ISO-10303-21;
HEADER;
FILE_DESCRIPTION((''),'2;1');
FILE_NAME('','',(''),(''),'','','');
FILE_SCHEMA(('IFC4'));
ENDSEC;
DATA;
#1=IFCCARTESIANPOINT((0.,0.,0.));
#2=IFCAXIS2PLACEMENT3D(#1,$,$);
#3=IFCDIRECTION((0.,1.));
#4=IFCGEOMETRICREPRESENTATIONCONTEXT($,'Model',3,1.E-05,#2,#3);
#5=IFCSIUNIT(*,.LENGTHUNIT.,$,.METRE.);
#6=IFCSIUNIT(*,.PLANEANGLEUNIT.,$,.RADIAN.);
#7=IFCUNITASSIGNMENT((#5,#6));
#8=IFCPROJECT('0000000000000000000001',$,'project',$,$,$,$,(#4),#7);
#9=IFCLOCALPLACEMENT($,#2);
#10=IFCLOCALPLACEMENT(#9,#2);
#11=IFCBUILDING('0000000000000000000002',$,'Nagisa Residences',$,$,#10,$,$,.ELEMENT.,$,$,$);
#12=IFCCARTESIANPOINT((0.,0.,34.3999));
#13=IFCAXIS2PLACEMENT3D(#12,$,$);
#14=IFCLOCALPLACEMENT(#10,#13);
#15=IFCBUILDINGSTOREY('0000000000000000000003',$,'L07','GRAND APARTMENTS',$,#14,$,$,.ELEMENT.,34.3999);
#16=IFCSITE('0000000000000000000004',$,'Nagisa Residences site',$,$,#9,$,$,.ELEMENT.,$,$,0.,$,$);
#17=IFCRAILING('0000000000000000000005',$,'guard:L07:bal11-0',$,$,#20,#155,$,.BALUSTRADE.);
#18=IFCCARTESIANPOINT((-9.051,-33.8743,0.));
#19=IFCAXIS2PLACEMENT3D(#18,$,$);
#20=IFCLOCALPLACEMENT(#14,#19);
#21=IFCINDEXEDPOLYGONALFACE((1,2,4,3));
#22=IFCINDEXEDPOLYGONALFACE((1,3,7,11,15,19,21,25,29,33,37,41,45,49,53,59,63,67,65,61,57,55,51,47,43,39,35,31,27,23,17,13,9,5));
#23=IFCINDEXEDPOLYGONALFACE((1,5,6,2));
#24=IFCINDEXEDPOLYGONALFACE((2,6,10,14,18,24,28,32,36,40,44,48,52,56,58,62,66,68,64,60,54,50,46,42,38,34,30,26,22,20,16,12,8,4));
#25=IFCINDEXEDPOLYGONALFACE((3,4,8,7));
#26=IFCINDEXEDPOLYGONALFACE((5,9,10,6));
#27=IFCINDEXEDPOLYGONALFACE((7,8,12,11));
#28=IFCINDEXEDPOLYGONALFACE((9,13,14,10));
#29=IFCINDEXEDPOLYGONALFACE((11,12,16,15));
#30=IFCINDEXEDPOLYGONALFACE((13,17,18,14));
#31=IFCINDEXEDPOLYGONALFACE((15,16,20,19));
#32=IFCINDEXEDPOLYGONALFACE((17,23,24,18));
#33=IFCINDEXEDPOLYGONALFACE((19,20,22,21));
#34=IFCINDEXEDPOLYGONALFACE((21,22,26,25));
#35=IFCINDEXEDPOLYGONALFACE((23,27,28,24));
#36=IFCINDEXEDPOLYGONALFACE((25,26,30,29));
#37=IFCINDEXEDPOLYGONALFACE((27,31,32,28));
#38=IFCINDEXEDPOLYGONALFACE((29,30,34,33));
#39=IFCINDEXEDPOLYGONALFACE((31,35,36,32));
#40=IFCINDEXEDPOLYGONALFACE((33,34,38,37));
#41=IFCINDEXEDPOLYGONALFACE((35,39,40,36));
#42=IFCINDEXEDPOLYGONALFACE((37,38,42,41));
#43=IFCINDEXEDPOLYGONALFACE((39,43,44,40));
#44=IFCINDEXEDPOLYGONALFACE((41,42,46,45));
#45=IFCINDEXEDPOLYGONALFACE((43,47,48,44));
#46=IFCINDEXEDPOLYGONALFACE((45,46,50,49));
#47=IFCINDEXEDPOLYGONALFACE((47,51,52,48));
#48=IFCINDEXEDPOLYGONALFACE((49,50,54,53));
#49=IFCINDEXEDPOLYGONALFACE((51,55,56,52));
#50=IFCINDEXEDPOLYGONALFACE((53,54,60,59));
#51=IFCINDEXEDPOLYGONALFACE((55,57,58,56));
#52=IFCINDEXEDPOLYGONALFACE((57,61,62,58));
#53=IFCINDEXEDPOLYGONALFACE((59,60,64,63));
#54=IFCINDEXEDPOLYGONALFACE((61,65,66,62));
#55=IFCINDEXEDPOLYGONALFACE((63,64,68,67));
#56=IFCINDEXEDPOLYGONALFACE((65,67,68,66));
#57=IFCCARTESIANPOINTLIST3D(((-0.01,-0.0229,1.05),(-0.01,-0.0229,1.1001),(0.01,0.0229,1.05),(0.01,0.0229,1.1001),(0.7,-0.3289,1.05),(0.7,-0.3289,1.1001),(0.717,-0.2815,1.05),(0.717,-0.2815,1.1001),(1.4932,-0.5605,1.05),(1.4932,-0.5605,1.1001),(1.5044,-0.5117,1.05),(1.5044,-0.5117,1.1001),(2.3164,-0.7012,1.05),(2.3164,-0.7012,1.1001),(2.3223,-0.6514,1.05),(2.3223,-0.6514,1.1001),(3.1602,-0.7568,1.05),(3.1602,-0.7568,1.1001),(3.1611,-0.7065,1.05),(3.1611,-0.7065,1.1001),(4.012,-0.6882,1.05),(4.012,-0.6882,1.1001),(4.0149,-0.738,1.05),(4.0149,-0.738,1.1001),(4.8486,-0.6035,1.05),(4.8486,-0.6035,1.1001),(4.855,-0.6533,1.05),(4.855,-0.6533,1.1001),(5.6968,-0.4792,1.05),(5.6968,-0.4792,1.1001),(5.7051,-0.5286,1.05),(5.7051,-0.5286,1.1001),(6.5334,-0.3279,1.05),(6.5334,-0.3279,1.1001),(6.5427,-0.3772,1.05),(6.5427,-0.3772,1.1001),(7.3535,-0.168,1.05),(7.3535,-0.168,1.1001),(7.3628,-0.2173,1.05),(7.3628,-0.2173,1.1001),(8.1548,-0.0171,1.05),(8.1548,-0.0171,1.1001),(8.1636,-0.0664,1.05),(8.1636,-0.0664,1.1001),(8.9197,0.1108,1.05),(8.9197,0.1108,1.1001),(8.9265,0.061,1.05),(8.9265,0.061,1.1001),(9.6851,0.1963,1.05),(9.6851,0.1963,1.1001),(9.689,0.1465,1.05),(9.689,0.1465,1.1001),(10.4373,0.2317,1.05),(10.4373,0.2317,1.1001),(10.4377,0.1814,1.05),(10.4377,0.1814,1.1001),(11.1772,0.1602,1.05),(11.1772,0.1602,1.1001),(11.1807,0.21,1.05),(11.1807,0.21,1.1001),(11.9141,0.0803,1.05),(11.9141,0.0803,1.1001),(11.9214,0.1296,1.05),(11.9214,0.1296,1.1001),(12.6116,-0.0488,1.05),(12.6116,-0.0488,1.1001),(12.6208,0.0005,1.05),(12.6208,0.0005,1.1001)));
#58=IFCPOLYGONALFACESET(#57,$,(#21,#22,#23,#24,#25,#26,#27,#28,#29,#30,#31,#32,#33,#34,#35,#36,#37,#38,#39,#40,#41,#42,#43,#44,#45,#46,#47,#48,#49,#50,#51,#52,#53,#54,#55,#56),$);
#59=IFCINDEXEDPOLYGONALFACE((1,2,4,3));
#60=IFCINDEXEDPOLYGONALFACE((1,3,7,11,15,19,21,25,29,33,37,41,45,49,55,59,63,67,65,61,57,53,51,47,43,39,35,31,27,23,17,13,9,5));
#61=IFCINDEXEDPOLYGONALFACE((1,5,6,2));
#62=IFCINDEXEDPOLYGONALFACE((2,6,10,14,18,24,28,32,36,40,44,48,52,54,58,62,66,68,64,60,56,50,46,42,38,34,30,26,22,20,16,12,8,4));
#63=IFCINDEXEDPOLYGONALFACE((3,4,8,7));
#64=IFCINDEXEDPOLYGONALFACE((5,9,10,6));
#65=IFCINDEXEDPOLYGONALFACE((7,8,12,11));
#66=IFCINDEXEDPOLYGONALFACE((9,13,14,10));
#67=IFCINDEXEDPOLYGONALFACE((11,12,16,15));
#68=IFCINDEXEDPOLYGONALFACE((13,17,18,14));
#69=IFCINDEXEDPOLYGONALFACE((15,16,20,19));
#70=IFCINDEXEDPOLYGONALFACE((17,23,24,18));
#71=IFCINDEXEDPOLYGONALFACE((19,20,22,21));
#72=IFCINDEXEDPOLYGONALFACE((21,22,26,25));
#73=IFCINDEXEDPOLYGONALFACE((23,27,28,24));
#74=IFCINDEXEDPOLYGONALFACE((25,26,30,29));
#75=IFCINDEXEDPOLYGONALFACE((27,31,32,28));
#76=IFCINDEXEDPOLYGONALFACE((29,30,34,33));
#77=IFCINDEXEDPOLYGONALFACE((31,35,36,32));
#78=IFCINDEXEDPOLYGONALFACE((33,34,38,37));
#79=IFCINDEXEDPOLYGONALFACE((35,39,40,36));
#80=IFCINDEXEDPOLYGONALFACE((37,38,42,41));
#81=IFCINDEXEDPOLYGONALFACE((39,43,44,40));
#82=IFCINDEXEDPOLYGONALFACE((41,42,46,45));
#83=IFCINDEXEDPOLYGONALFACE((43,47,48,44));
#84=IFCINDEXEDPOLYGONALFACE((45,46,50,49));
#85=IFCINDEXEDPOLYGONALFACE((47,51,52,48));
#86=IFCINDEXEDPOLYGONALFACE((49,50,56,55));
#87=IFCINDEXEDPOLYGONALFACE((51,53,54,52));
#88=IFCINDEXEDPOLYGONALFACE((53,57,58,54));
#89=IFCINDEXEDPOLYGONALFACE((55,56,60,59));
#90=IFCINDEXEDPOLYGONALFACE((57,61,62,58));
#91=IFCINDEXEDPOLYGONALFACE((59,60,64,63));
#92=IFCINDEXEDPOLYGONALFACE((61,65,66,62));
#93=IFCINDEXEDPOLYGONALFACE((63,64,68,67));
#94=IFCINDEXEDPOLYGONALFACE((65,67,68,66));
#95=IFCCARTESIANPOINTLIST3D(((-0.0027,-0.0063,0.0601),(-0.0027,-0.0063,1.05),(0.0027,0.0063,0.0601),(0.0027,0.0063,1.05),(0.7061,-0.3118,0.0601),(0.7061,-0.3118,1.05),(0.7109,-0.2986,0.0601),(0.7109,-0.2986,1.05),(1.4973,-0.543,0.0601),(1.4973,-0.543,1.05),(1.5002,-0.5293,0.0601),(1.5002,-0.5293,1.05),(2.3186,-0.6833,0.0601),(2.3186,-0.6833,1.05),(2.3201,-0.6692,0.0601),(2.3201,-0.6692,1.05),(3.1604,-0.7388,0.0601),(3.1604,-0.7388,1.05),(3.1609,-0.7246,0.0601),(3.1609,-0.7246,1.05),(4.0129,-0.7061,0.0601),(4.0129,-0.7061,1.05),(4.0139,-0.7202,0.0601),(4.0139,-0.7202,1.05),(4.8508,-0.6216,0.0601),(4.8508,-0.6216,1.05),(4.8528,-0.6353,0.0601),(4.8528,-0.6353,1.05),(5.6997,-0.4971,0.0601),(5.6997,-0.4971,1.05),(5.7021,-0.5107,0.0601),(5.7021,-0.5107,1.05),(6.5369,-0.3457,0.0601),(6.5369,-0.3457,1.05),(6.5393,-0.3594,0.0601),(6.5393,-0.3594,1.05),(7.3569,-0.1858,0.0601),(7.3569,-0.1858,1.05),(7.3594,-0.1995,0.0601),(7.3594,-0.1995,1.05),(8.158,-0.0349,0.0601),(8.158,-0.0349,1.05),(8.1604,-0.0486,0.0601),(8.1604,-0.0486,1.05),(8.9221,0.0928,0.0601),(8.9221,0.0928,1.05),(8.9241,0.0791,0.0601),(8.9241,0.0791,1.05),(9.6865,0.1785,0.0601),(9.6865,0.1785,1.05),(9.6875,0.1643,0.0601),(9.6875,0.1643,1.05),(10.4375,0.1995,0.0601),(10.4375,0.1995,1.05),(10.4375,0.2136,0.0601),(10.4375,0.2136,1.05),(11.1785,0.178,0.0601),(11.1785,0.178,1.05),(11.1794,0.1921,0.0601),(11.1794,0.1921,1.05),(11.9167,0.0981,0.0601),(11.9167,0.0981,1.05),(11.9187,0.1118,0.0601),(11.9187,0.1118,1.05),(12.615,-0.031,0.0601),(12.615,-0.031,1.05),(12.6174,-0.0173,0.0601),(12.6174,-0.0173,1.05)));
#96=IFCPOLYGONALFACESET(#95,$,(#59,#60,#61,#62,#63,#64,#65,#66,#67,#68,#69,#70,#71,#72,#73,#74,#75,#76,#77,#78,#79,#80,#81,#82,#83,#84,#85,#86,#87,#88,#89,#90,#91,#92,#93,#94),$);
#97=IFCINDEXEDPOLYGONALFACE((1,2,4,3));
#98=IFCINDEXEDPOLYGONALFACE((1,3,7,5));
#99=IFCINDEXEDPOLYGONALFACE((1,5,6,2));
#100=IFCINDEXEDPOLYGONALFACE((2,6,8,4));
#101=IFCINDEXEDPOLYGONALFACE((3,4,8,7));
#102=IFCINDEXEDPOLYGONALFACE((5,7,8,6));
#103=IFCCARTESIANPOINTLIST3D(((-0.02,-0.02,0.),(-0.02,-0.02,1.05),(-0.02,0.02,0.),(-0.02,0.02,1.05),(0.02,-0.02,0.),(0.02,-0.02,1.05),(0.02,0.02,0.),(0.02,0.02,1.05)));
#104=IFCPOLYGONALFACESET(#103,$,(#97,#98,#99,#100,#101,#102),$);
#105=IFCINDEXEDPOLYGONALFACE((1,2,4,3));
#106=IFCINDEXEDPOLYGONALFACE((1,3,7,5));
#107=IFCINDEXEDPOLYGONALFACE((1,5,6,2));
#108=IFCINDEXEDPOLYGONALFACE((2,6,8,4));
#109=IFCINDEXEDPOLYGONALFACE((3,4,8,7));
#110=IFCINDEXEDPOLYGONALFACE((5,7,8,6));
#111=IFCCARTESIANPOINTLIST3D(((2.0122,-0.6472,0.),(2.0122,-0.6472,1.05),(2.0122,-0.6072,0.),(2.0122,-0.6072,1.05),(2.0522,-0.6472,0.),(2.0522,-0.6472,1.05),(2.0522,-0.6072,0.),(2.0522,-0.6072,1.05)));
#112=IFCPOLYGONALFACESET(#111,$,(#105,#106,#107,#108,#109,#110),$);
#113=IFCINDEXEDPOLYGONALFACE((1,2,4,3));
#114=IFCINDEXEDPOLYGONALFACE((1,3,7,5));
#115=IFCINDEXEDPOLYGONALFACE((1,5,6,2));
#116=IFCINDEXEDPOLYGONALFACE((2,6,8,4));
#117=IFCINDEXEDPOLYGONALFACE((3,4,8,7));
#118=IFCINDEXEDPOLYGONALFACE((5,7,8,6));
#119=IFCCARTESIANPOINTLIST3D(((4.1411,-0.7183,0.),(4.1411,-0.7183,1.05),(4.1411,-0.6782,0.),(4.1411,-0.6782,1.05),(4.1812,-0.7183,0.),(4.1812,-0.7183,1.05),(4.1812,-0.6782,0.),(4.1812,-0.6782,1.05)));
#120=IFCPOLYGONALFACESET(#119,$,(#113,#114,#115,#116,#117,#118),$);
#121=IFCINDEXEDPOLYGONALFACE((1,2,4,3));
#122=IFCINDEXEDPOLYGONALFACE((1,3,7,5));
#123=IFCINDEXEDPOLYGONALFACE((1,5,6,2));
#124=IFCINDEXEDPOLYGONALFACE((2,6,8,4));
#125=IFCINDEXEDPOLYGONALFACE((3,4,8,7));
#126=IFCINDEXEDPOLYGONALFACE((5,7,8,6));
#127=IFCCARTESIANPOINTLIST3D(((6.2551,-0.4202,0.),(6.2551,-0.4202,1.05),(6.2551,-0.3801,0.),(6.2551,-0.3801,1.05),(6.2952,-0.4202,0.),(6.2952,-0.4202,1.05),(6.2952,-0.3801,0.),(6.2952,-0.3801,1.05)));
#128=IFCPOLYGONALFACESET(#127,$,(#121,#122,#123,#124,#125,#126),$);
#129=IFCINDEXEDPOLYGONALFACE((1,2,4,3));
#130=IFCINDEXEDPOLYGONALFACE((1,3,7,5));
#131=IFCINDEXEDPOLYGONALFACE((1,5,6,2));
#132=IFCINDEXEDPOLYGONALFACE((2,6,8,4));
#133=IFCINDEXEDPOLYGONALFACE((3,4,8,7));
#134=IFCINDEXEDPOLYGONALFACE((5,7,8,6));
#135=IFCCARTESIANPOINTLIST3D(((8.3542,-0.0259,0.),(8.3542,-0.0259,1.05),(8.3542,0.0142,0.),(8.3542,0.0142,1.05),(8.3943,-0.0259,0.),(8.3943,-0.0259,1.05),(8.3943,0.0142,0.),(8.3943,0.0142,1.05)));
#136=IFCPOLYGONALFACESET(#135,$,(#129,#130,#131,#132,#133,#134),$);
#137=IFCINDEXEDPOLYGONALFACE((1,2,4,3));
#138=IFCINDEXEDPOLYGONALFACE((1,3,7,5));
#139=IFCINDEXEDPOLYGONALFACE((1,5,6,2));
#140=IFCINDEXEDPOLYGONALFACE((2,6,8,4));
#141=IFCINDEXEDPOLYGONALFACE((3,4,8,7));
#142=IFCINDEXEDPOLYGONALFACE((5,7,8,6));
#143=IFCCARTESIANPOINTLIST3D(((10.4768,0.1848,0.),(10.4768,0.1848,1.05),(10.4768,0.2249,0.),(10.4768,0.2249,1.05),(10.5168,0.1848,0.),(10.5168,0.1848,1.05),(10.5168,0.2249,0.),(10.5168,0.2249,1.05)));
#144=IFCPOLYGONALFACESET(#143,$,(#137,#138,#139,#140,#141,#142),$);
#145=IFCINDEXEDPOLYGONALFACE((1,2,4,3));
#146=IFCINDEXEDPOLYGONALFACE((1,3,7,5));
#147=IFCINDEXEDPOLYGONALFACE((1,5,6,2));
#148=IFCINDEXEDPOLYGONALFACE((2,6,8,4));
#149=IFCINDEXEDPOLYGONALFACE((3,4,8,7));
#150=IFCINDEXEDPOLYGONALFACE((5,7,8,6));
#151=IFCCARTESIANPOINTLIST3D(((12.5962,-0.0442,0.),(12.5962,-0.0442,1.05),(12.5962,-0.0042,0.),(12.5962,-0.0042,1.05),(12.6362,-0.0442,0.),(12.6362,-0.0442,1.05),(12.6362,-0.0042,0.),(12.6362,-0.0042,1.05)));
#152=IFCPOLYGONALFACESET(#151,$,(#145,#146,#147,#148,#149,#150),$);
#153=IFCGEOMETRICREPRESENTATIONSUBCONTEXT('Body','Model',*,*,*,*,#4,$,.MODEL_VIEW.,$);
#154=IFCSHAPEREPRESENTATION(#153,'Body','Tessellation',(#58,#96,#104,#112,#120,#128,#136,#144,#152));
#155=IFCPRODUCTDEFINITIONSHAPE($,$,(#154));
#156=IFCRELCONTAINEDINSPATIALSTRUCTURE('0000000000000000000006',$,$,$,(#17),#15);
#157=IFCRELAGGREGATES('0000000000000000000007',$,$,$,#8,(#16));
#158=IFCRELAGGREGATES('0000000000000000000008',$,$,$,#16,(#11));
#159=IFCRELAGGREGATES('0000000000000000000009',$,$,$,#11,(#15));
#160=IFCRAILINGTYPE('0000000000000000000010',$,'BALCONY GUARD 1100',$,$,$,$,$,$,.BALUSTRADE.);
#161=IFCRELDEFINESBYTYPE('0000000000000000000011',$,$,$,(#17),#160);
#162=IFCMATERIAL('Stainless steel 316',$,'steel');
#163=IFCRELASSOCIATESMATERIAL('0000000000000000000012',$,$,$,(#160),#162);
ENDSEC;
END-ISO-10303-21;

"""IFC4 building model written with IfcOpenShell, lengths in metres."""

from ifc_helpers import new_model, si_unit, direction, frame, origin, origin_2d, place, context, subcontext, project, spatial, polyline, rectangle, outline, extrude, material, type_object, element, save


model = new_model("IFC4")

# Units and contexts
model_context = context("Model", 3, precision=1e-05, world=origin(), true_north=direction((0.0, 1.0)))
body_context = subcontext(model_context, "Body", "Model", "MODEL_VIEW")
ifc_project = project(units=[si_unit("LENGTHUNIT", "METRE"), si_unit("PLANEANGLEUNIT", "RADIAN")], contexts=[model_context])

# Site, building, storey
site_placement = place(None, origin())
site = spatial("IfcSite", under=ifc_project, at=site_placement, Name="Nagisa Residences site", CompositionType="ELEMENT", RefElevation=0.0)
building_placement = place(site_placement, origin())
building = spatial("IfcBuilding", under=site, at=building_placement, Name="Nagisa Residences", CompositionType="ELEMENT")
storey_placement = place(building_placement, frame((0.0, 0.0, 34.3999)))
storey = spatial("IfcBuildingStorey", under=building, at=storey_placement, Name="L07", Description="GRAND APARTMENTS", CompositionType="ELEMENT", Elevation=34.3999)

# Railing
ifc_material_1 = material(Name="Stainless steel 316", Category="steel")
railing_type = type_object("IfcRailingType", Name="BALCONY GUARD 1100", PredefinedType="BALUSTRADE", material=ifc_material_1)
railing_placement = place(storey_placement, frame((-9.051, -33.8743, 0.0)))
element("IfcRailing", 1, at=railing_placement, inside=storey, type_object=railing_type, Name="guard:L07:bal11-0", PredefinedType="BALUSTRADE", context=body_context, shape_type="SweptSolid", body=[
    extrude(outline(polyline([(0.717, -0.2815), (0.01, 0.0229), (-0.01, -0.0229), (0.7, -0.3289), (1.4932, -0.5605), (2.3164, -0.7012), (3.1602, -0.7568), (4.0149, -0.738), (4.855, -0.6533), (5.7051, -0.5286), (6.5427, -0.3772), (7.3628, -0.2173), (8.1636, -0.0664), (8.9265, 0.061), (9.689, 0.1465), (10.4377, 0.1814), (11.1772, 0.1602), (11.9141, 0.0803), (12.6116, -0.0488), (12.6208, 0.0005), (11.9214, 0.1296), (11.1807, 0.21), (10.4373, 0.2317), (9.6851, 0.1963), (8.9197, 0.1108), (8.1548, -0.0171), (7.3535, -0.168), (6.5334, -0.3279), (5.6968, -0.4792), (4.8486, -0.6035), (4.012, -0.6882), (3.1611, -0.7065), (2.3223, -0.6514), (1.5044, -0.5117), (0.717, -0.2815)])), frame((0.0, 0.0, 1.05)), (0.0, 0.0, 1.0), 0.05),
    extrude(outline(polyline([(0.7109, -0.2986), (0.0027, 0.0063), (-0.0027, -0.0063), (0.7061, -0.3118), (1.4973, -0.543), (2.3186, -0.6833), (3.1604, -0.7388), (4.0139, -0.7202), (4.8528, -0.6353), (5.7021, -0.5107), (6.5393, -0.3594), (7.3594, -0.1995), (8.1604, -0.0486), (8.9241, 0.0791), (9.6875, 0.1643), (10.4375, 0.1995), (11.1785, 0.178), (11.9167, 0.0981), (12.615, -0.031), (12.6174, -0.0173), (11.9187, 0.1118), (11.1794, 0.1921), (10.4375, 0.2136), (9.6865, 0.1785), (8.9221, 0.0928), (8.158, -0.0349), (7.3569, -0.1858), (6.5369, -0.3457), (5.6997, -0.4971), (4.8508, -0.6216), (4.0129, -0.7061), (3.1609, -0.7246), (2.3201, -0.6692), (1.5002, -0.5293), (0.7109, -0.2986)])), frame((0.0, 0.0, 0.0601)), (0.0, 0.0, 1.0), 0.99),
    extrude(rectangle(XDim=0.04, YDim=0.04, at=origin_2d()), origin(), (0.0, 0.0, 1.0), 1.05),
    extrude(rectangle(XDim=0.04, YDim=0.04, at=origin_2d()), frame((2.0322, -0.6272, 0.0)), (0.0, 0.0, 1.0), 1.05),
    extrude(rectangle(XDim=0.04, YDim=0.04, at=origin_2d()), frame((4.1611, -0.6982, 0.0)), (0.0, 0.0, 1.0), 1.05),
    extrude(rectangle(XDim=0.04, YDim=0.04, at=origin_2d()), frame((6.2751, -0.4001, 0.0)), (0.0, 0.0, 1.0), 1.05),
    extrude(rectangle(XDim=0.04, YDim=0.04, at=origin_2d()), frame((8.3743, -0.0059, 0.0)), (0.0, 0.0, 1.0), 1.05),
    extrude(rectangle(XDim=0.04, YDim=0.04, at=origin_2d()), frame((10.4968, 0.2048, 0.0)), (0.0, 0.0, 1.0), 1.05),
    extrude(rectangle(XDim=0.04, YDim=0.04, at=origin_2d()), frame((12.6162, -0.0242, 0.0)), (0.0, 0.0, 1.0), 1.05),
])

save(model, "model.ifc")
